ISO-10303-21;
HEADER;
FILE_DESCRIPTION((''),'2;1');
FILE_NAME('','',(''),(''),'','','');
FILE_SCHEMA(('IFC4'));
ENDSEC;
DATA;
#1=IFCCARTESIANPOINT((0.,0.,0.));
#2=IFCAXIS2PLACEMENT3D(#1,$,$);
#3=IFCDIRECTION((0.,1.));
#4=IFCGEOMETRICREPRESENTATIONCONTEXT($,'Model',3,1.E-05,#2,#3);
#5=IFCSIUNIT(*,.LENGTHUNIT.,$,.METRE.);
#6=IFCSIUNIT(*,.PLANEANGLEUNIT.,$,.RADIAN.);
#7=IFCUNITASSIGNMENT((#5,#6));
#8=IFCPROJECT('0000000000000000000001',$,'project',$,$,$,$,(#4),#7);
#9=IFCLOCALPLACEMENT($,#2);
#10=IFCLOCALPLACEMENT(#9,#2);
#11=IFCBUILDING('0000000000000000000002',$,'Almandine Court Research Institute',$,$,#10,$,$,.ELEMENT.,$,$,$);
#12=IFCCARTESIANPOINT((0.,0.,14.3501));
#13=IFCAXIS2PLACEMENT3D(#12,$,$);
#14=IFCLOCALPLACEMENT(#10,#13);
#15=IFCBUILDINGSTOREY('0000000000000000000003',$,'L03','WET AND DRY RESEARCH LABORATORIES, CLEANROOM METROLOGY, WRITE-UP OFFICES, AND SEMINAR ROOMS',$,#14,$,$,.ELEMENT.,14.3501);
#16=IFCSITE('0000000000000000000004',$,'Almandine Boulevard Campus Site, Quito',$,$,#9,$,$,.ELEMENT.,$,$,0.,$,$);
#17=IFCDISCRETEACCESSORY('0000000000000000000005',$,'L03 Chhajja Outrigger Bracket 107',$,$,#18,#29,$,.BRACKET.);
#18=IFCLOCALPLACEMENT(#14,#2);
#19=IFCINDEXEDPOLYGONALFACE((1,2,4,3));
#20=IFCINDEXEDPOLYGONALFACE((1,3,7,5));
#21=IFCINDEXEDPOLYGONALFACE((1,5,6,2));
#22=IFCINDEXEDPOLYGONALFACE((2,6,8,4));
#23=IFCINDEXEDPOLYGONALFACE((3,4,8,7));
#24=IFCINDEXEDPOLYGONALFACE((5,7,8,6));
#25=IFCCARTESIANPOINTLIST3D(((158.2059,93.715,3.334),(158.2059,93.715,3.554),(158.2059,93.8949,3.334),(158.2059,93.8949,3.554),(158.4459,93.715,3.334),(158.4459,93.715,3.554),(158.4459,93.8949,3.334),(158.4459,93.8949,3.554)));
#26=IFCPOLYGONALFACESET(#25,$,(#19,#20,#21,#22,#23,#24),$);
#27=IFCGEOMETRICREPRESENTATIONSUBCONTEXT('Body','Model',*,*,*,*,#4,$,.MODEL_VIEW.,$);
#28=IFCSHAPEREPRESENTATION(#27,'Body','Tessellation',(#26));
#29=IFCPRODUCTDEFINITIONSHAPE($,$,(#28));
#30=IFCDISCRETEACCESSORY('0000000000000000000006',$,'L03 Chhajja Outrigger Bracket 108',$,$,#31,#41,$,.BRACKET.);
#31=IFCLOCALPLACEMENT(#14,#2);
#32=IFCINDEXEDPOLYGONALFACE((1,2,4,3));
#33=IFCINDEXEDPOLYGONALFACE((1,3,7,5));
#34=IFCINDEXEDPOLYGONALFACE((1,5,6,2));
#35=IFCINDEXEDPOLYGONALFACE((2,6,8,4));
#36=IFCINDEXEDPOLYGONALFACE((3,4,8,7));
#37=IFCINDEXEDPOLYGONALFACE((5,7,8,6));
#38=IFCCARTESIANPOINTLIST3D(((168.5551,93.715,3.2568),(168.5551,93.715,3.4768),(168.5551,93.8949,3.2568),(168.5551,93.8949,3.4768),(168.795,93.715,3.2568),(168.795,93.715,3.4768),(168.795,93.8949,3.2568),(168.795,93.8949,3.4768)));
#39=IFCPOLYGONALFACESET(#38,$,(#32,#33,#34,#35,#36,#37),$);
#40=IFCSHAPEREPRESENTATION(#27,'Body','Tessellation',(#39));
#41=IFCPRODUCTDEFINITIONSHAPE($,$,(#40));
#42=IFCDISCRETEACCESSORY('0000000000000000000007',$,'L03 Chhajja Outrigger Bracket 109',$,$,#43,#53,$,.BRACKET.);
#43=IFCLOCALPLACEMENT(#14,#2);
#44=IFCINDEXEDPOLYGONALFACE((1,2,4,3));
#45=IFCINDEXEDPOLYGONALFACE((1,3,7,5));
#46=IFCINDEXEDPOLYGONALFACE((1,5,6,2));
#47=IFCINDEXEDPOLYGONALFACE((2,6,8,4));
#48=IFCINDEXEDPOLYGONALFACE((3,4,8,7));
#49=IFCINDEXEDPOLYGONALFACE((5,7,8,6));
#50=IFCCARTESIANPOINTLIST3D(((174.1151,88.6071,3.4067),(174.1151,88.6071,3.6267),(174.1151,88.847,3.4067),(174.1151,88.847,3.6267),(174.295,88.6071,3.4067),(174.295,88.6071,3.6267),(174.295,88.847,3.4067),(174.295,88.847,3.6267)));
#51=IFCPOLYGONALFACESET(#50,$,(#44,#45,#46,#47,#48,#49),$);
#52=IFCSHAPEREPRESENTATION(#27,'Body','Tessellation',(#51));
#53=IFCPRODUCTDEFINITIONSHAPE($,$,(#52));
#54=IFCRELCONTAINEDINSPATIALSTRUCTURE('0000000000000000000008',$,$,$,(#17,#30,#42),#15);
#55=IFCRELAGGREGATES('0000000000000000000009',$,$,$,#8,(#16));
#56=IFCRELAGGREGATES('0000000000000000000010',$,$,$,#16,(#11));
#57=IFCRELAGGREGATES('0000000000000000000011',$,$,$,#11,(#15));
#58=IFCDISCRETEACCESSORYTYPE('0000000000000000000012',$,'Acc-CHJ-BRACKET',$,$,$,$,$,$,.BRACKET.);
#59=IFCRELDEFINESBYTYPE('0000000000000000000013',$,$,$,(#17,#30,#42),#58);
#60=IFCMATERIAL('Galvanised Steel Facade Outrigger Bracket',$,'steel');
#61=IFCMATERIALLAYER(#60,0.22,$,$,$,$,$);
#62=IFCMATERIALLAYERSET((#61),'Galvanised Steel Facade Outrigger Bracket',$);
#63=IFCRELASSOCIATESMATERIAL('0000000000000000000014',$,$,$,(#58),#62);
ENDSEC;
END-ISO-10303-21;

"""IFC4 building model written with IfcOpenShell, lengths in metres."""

from ifc_helpers import new_model, si_unit, direction, frame, origin, origin_2d, place, context, subcontext, project, spatial, rectangle, extrude, material, layer, layer_set, type_object, element, save


model = new_model("IFC4")

# Units and contexts
model_context = context("Model", 3, precision=1e-05, world=origin(), true_north=direction((0.0, 1.0)))
body_context = subcontext(model_context, "Body", "Model", "MODEL_VIEW")
ifc_project = project(units=[si_unit("LENGTHUNIT", "METRE"), si_unit("PLANEANGLEUNIT", "RADIAN")], contexts=[model_context])

# Site, building, storey
site_placement = place(None, origin())
site = spatial("IfcSite", under=ifc_project, at=site_placement, Name="Almandine Boulevard Campus Site, Quito", CompositionType="ELEMENT", RefElevation=0.0)
building_placement = place(site_placement, origin())
building = spatial("IfcBuilding", under=site, at=building_placement, Name="Almandine Court Research Institute", CompositionType="ELEMENT")
storey_placement = place(building_placement, frame((0.0, 0.0, 14.3501)))
storey = spatial("IfcBuildingStorey", under=building, at=storey_placement, Name="L03", Description="WET AND DRY RESEARCH LABORATORIES, CLEANROOM METROLOGY, WRITE-UP OFFICES, AND SEMINAR ROOMS", CompositionType="ELEMENT", Elevation=14.3501)

# Discrete accessories
ifc_material_1 = material(Name="Galvanised Steel Facade Outrigger Bracket", Category="steel")
ifc_layer_1 = layer(ifc_material_1, 0.22)
ifc_layer_set_1 = layer_set([ifc_layer_1], Name="Galvanised Steel Facade Outrigger Bracket")
discrete_accessory_type = type_object("IfcDiscreteAccessoryType", Name="Acc-CHJ-BRACKET", PredefinedType="BRACKET", material=ifc_layer_set_1)
for number, where, z_axis, x_axis, name in (
    (1, (158.3259, 93.8049, 3.334), (0.0, 0.0, 1.0), (1.0, 0.0, 0.0), "L03 Chhajja Outrigger Bracket 107"),
    (2, (168.675, 93.8049, 3.2568), (0.0, 0.0, 1.0), (1.0, 0.0, 0.0), "L03 Chhajja Outrigger Bracket 108"),
    (3, (174.2051, 88.7271, 3.4067), (0.0, 0.0, 1.0), (0.0, -1.0, 0.0), "L03 Chhajja Outrigger Bracket 109"),
):
    element("IfcDiscreteAccessory", number, at=place(storey_placement, frame(where, z_axis=z_axis, x_axis=x_axis)), inside=storey, type_object=discrete_accessory_type, Name=name, PredefinedType="BRACKET", context=body_context, shape_type="SweptSolid", body=[
        extrude(rectangle(XDim=0.24, YDim=0.1799, at=origin_2d()), origin(), (0.0, 0.0, 1.0), 0.22),
    ])

save(model, "model.ifc")
